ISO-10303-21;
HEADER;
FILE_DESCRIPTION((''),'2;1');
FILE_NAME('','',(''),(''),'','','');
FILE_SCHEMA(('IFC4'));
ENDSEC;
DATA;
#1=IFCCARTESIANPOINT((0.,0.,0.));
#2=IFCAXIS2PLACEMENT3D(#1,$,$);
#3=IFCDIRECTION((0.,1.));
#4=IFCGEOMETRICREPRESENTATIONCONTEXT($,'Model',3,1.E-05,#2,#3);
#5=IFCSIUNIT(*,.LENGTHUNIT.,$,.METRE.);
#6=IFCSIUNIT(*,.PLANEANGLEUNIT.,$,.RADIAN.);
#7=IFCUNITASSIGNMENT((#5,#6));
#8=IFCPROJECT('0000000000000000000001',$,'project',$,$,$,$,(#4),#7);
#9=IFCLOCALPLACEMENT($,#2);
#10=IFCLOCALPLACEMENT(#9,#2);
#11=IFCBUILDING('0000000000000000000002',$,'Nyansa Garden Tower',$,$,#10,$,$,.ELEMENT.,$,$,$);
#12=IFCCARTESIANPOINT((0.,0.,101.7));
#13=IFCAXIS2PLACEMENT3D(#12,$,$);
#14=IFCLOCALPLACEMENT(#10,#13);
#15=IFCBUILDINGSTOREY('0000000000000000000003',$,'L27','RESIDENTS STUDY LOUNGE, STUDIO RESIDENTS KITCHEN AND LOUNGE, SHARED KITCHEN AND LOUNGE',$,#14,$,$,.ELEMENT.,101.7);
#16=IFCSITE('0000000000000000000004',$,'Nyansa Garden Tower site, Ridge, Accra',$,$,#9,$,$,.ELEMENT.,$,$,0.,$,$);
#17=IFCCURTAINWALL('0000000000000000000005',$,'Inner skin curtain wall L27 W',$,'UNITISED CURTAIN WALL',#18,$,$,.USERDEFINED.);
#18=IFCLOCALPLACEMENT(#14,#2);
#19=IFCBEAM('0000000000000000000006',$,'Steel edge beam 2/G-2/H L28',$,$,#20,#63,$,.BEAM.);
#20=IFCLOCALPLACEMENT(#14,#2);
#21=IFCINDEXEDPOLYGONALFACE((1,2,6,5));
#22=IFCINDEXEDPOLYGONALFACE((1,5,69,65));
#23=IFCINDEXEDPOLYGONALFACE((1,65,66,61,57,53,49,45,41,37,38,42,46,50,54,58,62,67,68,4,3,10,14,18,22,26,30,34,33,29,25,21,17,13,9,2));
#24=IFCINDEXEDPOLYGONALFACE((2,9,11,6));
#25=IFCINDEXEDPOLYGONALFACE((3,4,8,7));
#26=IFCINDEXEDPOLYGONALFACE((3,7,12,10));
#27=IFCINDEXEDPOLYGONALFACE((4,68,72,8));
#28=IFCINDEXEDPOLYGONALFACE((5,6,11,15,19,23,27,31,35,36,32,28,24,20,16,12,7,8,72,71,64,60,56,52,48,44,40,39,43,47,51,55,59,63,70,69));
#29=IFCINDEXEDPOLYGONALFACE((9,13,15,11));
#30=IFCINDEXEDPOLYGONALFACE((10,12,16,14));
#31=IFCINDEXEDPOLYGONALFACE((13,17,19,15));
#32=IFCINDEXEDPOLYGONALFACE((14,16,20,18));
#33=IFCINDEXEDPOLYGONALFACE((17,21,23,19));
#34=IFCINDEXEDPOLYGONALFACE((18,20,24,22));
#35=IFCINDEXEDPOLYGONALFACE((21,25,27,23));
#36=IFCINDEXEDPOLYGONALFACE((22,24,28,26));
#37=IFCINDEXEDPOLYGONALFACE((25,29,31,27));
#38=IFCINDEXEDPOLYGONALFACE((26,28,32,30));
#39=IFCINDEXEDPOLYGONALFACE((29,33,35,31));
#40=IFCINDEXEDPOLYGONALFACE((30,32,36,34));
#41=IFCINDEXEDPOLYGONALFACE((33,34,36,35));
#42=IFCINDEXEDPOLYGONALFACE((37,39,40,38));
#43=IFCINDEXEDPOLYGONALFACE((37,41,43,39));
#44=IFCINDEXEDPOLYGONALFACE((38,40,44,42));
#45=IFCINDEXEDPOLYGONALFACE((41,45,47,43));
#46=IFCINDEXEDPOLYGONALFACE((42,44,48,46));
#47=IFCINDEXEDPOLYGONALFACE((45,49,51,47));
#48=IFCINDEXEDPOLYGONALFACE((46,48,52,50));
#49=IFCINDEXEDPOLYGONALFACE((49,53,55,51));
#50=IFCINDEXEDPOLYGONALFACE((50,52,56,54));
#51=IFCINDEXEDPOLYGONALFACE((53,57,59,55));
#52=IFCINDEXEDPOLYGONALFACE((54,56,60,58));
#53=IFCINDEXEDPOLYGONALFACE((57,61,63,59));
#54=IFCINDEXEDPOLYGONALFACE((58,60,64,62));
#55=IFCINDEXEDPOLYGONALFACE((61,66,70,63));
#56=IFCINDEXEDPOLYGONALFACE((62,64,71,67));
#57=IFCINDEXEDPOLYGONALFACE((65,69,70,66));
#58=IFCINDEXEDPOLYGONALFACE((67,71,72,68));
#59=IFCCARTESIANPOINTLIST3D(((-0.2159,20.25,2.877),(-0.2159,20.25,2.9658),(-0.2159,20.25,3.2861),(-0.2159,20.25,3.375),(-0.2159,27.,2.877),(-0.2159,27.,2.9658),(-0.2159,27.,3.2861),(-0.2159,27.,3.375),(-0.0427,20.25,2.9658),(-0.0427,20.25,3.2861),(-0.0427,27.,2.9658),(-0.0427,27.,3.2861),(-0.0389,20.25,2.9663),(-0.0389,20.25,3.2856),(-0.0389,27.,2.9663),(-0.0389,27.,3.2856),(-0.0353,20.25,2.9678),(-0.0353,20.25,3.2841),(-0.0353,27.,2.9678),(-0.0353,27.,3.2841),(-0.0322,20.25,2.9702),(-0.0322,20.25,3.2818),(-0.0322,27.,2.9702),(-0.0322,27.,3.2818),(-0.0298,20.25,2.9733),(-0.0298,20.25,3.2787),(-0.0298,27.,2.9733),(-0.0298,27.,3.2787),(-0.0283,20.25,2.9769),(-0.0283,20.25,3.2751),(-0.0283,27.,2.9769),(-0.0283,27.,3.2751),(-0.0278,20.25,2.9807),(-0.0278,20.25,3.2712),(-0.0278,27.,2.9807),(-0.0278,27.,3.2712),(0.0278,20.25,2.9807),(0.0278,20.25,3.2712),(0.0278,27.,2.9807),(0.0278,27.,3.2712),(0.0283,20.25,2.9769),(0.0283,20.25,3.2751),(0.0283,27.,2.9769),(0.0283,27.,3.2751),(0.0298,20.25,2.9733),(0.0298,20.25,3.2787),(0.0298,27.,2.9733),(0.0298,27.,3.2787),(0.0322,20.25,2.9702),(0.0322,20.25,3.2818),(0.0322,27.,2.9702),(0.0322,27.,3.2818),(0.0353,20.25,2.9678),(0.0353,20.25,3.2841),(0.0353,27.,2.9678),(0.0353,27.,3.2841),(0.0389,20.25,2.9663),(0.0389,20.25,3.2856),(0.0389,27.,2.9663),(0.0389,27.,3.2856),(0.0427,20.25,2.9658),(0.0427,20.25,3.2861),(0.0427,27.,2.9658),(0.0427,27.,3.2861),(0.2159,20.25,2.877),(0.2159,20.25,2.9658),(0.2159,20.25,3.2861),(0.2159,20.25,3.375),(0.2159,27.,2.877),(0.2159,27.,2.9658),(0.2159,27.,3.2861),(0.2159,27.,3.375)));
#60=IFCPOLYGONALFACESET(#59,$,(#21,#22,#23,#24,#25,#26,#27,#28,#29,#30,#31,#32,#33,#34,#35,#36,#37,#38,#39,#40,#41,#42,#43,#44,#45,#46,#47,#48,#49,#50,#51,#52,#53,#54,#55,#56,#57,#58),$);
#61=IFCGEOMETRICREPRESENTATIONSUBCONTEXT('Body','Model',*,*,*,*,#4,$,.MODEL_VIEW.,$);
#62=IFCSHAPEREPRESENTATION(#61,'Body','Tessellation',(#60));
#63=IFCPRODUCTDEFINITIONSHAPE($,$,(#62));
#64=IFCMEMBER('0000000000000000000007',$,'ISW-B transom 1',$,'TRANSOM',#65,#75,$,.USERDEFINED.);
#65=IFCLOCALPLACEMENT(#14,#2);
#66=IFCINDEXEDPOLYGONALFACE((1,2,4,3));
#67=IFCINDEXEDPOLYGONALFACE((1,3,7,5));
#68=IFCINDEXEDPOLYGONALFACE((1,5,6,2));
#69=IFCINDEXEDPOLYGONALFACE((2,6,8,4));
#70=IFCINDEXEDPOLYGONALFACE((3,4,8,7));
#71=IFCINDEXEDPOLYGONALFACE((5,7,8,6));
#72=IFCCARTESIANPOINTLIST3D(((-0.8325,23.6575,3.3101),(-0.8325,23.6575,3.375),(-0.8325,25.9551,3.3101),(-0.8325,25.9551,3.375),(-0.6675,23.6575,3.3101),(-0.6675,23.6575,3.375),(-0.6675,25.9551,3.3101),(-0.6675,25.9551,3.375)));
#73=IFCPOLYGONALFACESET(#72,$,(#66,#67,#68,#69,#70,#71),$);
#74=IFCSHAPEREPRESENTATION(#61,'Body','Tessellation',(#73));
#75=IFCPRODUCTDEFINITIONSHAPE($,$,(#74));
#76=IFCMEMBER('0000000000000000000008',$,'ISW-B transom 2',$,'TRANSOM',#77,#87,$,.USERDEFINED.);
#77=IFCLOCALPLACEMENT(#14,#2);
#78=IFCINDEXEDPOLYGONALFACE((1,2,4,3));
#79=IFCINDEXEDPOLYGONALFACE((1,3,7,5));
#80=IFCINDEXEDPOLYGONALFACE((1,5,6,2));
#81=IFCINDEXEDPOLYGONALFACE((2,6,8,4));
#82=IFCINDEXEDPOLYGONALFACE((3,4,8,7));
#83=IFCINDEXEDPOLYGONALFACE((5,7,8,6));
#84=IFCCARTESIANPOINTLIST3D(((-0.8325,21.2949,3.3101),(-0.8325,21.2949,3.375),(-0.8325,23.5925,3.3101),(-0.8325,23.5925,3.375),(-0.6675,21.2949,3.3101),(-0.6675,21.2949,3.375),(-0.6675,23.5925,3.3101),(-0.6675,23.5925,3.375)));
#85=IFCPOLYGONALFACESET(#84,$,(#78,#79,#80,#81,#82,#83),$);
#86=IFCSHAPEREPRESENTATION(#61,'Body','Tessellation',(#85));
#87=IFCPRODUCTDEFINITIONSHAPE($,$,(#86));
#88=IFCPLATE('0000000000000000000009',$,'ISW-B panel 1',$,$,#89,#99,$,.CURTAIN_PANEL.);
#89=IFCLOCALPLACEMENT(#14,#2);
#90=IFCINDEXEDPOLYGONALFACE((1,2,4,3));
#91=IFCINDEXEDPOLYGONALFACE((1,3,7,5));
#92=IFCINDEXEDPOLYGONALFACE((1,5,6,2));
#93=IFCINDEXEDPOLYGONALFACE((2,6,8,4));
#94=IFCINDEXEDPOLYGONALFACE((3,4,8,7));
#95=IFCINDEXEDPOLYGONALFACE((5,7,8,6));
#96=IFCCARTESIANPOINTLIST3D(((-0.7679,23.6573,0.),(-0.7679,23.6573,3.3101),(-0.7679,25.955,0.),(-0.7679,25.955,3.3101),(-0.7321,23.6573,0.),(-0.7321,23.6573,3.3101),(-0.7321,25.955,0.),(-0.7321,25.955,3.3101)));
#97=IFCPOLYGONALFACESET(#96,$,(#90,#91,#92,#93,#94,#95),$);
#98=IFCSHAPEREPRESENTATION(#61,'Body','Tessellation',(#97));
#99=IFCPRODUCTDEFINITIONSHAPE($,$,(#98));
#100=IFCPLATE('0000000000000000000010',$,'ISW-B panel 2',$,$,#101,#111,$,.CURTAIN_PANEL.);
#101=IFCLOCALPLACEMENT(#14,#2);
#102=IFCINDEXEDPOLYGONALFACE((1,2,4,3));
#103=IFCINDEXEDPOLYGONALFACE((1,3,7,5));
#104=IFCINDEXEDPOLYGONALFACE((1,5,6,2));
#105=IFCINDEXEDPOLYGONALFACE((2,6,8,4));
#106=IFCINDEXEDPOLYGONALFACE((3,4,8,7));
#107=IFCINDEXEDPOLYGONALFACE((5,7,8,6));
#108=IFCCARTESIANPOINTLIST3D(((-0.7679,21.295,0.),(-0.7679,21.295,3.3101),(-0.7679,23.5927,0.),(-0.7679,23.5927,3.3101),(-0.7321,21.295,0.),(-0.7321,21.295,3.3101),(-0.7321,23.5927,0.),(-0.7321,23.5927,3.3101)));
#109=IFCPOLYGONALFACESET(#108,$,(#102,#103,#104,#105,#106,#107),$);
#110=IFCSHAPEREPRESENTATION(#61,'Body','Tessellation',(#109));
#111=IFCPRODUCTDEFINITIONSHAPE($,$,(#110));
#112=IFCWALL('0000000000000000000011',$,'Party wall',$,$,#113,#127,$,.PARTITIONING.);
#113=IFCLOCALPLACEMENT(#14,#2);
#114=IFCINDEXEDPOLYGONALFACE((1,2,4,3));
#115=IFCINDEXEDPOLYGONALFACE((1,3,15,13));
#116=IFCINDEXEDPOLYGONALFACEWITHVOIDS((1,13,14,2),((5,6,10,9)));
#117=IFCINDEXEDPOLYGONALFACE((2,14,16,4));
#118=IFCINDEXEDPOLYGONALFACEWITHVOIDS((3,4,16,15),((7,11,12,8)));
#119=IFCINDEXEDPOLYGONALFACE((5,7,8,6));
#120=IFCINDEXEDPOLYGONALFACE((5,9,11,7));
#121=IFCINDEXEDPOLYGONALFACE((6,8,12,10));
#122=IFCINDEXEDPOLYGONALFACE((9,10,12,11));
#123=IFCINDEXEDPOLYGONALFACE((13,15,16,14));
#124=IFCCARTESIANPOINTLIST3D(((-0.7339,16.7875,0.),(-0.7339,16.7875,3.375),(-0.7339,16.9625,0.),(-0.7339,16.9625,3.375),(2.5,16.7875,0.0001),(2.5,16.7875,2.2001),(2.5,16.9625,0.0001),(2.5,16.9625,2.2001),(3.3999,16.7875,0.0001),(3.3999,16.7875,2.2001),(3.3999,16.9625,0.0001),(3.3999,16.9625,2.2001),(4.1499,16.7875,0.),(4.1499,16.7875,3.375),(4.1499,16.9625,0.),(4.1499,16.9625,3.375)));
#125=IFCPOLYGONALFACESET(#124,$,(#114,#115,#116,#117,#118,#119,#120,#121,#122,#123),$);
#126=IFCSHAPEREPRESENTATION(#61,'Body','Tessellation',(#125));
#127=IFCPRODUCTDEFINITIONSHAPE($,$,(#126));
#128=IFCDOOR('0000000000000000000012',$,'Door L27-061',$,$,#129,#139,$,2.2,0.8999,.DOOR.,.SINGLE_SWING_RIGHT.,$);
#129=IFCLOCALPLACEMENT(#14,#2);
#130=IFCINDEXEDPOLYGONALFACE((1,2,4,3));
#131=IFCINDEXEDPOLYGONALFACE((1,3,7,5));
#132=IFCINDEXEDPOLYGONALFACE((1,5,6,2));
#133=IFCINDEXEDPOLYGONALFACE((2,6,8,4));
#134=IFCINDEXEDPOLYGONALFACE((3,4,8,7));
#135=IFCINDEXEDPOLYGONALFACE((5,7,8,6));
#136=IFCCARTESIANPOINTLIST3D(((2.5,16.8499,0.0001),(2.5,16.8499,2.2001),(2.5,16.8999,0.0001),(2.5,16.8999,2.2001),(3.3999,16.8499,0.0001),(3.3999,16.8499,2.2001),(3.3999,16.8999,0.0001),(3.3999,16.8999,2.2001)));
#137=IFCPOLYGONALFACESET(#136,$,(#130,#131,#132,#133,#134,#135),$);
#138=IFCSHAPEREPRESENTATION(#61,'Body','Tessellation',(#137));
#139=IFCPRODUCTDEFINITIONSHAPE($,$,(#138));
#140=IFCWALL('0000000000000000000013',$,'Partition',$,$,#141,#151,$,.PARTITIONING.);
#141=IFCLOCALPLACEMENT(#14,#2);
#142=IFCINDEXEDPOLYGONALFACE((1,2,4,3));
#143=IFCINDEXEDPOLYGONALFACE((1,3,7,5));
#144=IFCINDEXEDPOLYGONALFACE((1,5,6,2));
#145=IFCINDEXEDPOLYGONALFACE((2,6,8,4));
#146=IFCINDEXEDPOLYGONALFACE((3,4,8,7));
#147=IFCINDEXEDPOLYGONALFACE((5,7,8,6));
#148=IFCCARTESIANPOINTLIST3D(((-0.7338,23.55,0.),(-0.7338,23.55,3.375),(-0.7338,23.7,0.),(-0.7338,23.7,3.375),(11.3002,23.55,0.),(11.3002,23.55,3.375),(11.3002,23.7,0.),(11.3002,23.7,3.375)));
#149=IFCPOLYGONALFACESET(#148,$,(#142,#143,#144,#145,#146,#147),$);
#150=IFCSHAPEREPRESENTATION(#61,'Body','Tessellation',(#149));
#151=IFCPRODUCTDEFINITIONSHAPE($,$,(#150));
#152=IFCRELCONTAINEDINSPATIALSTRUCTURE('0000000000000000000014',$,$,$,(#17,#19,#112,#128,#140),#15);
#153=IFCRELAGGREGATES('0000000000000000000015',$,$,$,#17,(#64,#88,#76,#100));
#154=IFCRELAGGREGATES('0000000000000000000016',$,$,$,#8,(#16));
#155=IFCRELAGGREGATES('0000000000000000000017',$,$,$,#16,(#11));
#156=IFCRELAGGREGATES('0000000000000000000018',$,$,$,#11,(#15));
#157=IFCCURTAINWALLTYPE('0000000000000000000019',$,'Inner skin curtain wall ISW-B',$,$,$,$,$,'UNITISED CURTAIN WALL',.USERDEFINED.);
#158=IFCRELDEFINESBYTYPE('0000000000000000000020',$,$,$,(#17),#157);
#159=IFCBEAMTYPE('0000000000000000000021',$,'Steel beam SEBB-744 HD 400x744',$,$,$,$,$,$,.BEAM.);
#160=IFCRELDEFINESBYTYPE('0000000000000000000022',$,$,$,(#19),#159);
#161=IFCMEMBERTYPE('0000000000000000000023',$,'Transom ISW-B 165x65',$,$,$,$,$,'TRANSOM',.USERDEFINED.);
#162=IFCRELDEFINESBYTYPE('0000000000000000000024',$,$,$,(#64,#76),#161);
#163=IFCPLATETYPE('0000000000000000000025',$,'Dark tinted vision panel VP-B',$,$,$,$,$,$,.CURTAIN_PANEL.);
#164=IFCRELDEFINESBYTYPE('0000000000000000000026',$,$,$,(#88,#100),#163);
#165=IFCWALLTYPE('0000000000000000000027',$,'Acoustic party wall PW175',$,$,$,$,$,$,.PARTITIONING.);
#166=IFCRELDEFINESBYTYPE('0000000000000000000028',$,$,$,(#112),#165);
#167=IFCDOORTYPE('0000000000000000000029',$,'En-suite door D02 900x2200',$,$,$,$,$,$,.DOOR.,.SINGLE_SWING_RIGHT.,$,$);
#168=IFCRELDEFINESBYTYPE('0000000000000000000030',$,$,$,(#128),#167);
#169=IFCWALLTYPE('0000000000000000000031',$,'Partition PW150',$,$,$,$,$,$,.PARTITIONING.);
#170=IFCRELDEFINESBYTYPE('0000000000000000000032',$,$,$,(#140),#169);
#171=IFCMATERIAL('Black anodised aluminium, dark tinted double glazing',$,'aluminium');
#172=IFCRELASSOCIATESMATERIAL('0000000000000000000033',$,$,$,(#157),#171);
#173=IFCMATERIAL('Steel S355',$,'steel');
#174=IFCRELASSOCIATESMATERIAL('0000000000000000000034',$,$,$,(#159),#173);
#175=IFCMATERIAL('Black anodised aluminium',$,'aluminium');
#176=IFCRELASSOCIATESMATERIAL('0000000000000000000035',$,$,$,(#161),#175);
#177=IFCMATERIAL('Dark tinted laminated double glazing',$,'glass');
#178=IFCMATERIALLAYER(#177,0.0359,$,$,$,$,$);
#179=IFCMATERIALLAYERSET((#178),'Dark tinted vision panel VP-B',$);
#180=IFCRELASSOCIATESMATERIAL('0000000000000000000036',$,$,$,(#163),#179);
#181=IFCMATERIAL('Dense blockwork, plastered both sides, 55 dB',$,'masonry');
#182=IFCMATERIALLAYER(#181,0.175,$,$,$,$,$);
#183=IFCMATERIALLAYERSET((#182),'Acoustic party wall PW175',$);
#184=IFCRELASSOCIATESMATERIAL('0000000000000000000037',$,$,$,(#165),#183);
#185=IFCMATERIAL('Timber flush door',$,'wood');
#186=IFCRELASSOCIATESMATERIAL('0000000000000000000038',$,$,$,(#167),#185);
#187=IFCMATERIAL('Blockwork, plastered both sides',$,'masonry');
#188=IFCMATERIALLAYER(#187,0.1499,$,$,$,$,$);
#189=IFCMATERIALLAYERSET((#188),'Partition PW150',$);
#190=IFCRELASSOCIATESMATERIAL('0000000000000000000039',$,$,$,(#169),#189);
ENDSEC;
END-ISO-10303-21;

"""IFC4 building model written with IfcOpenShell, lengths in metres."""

from ifc_helpers import new_model, si_unit, direction, frame, frame_2d, origin, origin_2d, place, context, subcontext, project, spatial, rectangle, i_section, extrude, material, layer, layer_set, material_profile, profile_set, type_object, element, fill, aggregate, save


model = new_model("IFC4")

# Units and contexts
model_context = context("Model", 3, precision=1e-05, world=origin(), true_north=direction((0.0, 1.0)))
body_context = subcontext(model_context, "Body", "Model", "MODEL_VIEW")
ifc_project = project(units=[si_unit("LENGTHUNIT", "METRE"), si_unit("PLANEANGLEUNIT", "RADIAN")], contexts=[model_context])

# Site, building, storey
site_placement = place(None, origin())
site = spatial("IfcSite", under=ifc_project, at=site_placement, Name="Nyansa Garden Tower site, Ridge, Accra", CompositionType="ELEMENT", RefElevation=0.0)
building_placement = place(site_placement, origin())
building = spatial("IfcBuilding", under=site, at=building_placement, Name="Nyansa Garden Tower", CompositionType="ELEMENT")
storey_placement = place(building_placement, frame((0.0, 0.0, 101.7)))
storey = spatial("IfcBuildingStorey", under=building, at=storey_placement, Name="L27", Description="RESIDENTS STUDY LOUNGE, STUDIO RESIDENTS KITCHEN AND LOUNGE, SHARED KITCHEN AND LOUNGE", CompositionType="ELEMENT", Elevation=101.7)

# Curtain wall
ifc_material_1 = material(Name="Black anodised aluminium, dark tinted double glazing", Category="aluminium")
curtain_wall_type = type_object("IfcCurtainWallType", Name="Inner skin curtain wall ISW-B", ElementType="UNITISED CURTAIN WALL", PredefinedType="USERDEFINED", material=ifc_material_1)
curtain_wall_placement = place(storey_placement, origin())
curtain_wall = element("IfcCurtainWall", 1, at=curtain_wall_placement, inside=storey, type_object=curtain_wall_type, Name="Inner skin curtain wall L27 W", ObjectType="UNITISED CURTAIN WALL", PredefinedType="USERDEFINED")

# Beam
ifc_material_2 = material(Name="Steel S355", Category="steel")
ifc_material_profile_1 = material_profile(ifc_material_2, i_section(OverallWidth=0.4319, OverallDepth=0.498, WebThickness=0.0557, FlangeThickness=0.0889, FilletRadius=0.0149, at=origin_2d()), Name="HD 400x744")
ifc_profile_set_1 = profile_set([ifc_material_profile_1], Name="Steel S355")
beam_type_1 = type_object("IfcBeamType", Name="Steel beam SEBB-744 HD 400x744", PredefinedType="BEAM", material=ifc_profile_set_1)
beam_placement = place(storey_placement, frame((0.0, 20.25, 3.126), z_axis=(0.0, 1.0, 0.0), x_axis=(-1.0, 0.0, 0.0)))
element("IfcBeam", 2, at=beam_placement, inside=storey, type_object=beam_type_1, Name="Steel edge beam 2/G-2/H L28", PredefinedType="BEAM", context=body_context, shape_type="SweptSolid", body=[
    extrude(i_section(OverallWidth=0.4319, OverallDepth=0.498, WebThickness=0.0557, FlangeThickness=0.0889, FilletRadius=0.0149, at=origin_2d()), origin(), (0.0, 0.0, 1.0), 6.75),
])

# Members
ifc_material_3 = material(Name="Black anodised aluminium", Category="aluminium")
ifc_material_profile_2 = material_profile(ifc_material_3, rectangle(XDim=0.165, YDim=0.0649, at=origin_2d()), Name="Transom 165x65")
ifc_profile_set_2 = profile_set([ifc_material_profile_2], Name="Black anodised aluminium")
member_type_1 = type_object("IfcMemberType", Name="Transom ISW-B 165x65", ElementType="TRANSOM", PredefinedType="USERDEFINED", material=ifc_profile_set_2)
member_1_placement = place(storey_placement, frame((-0.75, 25.9551, 3.3425), z_axis=(0.0, -1.0, 0.0), x_axis=(1.0, 0.0, 0.0)))
member_1 = element("IfcMember", 3, at=member_1_placement, type_object=member_type_1, Name="ISW-B transom 1", ObjectType="TRANSOM", PredefinedType="USERDEFINED", context=body_context, shape_type="SweptSolid", body=[
    extrude(rectangle(XDim=0.165, YDim=0.0649, at=origin_2d()), origin(), (0.0, 0.0, 1.0), 2.2976),
])
member_2_placement = place(storey_placement, frame((-0.75, 23.5925, 3.3425), z_axis=(0.0, -1.0, 0.0), x_axis=(1.0, 0.0, 0.0)))
member_2 = element("IfcMember", 4, at=member_2_placement, type_object=member_type_1, Name="ISW-B transom 2", ObjectType="TRANSOM", PredefinedType="USERDEFINED", context=body_context, shape_type="SweptSolid", body=[
    extrude(rectangle(XDim=0.165, YDim=0.0649, at=origin_2d()), origin(), (0.0, 0.0, 1.0), 2.2976),
])

# Plates
ifc_material_4 = material(Name="Dark tinted laminated double glazing", Category="glass")
ifc_layer_1 = layer(ifc_material_4, 0.0359)
ifc_layer_set_1 = layer_set([ifc_layer_1], Name="Dark tinted vision panel VP-B")
plate_type = type_object("IfcPlateType", Name="Dark tinted vision panel VP-B", PredefinedType="CURTAIN_PANEL", material=ifc_layer_set_1)
plate_1_placement = place(storey_placement, frame((-0.75, 24.8062, 0.0), z_axis=(0.0, 0.0, 1.0), x_axis=(0.0, -1.0, 0.0)))
plate_1 = element("IfcPlate", 5, at=plate_1_placement, type_object=plate_type, Name="ISW-B panel 1", PredefinedType="CURTAIN_PANEL", context=body_context, shape_type="SweptSolid", body=[
    extrude(rectangle(XDim=2.2976, YDim=0.0359, at=origin_2d()), origin(), (0.0, 0.0, 1.0), 3.3101),
])
plate_2_placement = place(storey_placement, frame((-0.75, 22.4438, 0.0), z_axis=(0.0, 0.0, 1.0), x_axis=(0.0, -1.0, 0.0)))
plate_2 = element("IfcPlate", 6, at=plate_2_placement, type_object=plate_type, Name="ISW-B panel 2", PredefinedType="CURTAIN_PANEL", context=body_context, shape_type="SweptSolid", body=[
    extrude(rectangle(XDim=2.2976, YDim=0.0359, at=origin_2d()), origin(), (0.0, 0.0, 1.0), 3.3101),
])
aggregate(curtain_wall, [member_1, plate_1, member_2, plate_2])

# Wall, opening, door
ifc_material_5 = material(Name="Dense blockwork, plastered both sides, 55 dB", Category="masonry")
ifc_layer_2 = layer(ifc_material_5, 0.175)
ifc_layer_set_2 = layer_set([ifc_layer_2], Name="Acoustic party wall PW175")
wall_type_1 = type_object("IfcWallType", Name="Acoustic party wall PW175", PredefinedType="PARTITIONING", material=ifc_layer_set_2)
wall_1_placement = place(storey_placement, frame((-0.7339, 16.875, 0.0), z_axis=(0.0, 0.0, 1.0), x_axis=(1.0, 0.0, 0.0)))
wall_1 = element("IfcWall", 7, at=wall_1_placement, inside=storey, type_object=wall_type_1, Name="Party wall", PredefinedType="PARTITIONING", context=body_context, shape_type="SweptSolid", body=[
    extrude(rectangle(XDim=4.8838, YDim=0.175, at=frame_2d((2.4419, 0.0))), origin(), (0.0, 0.0, 1.0), 3.375),
])
opening_1_placement = place(wall_1_placement, frame((3.2339, 0.0, 0.0)))
opening_1 = element("IfcOpeningElement", 8, at=opening_1_placement, cuts=wall_1, PredefinedType="OPENING", context=body_context, shape_type="SweptSolid", body=[
    extrude(rectangle(XDim=0.8999, YDim=2.2, at=frame_2d((0.45, 1.1001))), frame((0.0, 0.0974, 0.0), z_axis=(0.0, -1.0, 0.0), x_axis=(1.0, 0.0, 0.0)), (0.0, 0.0, 1.0), 0.1951),
])
ifc_material_6 = material(Name="Timber flush door", Category="wood")
door_type_1 = type_object("IfcDoorType", Name="En-suite door D02 900x2200", OperationType="SINGLE_SWING_RIGHT", PredefinedType="DOOR", material=ifc_material_6)
door_1_placement = place(opening_1_placement, origin())
door_1 = element("IfcDoor", 9, at=door_1_placement, inside=storey, type_object=door_type_1, Name="Door L27-061", OperationType="SINGLE_SWING_RIGHT", OverallHeight=2.2, OverallWidth=0.8999, PredefinedType="DOOR", context=body_context, shape_type="SweptSolid", body=[
    extrude(rectangle(XDim=0.8999, YDim=2.2, at=frame_2d((0.45, 1.1001))), frame((0.0, 0.0249, 0.0), z_axis=(0.0, -1.0, 0.0), x_axis=(1.0, 0.0, 0.0)), (0.0, 0.0, 1.0), 0.05),
])
fill(opening_1, door_1)

# Wall
ifc_material_7 = material(Name="Blockwork, plastered both sides", Category="masonry")
ifc_layer_3 = layer(ifc_material_7, 0.1499)
ifc_layer_set_3 = layer_set([ifc_layer_3], Name="Partition PW150")
wall_type_2 = type_object("IfcWallType", Name="Partition PW150", PredefinedType="PARTITIONING", material=ifc_layer_set_3)
wall_2_placement = place(storey_placement, frame((-0.7339, 23.625, 0.0), z_axis=(0.0, 0.0, 1.0), x_axis=(1.0, 0.0, 0.0)))
element("IfcWall", 10, at=wall_2_placement, inside=storey, type_object=wall_type_2, Name="Partition", PredefinedType="PARTITIONING", context=body_context, shape_type="SweptSolid", body=[
    extrude(rectangle(XDim=12.0339, YDim=0.1499, at=frame_2d((6.0171, 0.0))), origin(), (0.0, 0.0, 1.0), 3.375),
])

save(model, "model.ifc")
